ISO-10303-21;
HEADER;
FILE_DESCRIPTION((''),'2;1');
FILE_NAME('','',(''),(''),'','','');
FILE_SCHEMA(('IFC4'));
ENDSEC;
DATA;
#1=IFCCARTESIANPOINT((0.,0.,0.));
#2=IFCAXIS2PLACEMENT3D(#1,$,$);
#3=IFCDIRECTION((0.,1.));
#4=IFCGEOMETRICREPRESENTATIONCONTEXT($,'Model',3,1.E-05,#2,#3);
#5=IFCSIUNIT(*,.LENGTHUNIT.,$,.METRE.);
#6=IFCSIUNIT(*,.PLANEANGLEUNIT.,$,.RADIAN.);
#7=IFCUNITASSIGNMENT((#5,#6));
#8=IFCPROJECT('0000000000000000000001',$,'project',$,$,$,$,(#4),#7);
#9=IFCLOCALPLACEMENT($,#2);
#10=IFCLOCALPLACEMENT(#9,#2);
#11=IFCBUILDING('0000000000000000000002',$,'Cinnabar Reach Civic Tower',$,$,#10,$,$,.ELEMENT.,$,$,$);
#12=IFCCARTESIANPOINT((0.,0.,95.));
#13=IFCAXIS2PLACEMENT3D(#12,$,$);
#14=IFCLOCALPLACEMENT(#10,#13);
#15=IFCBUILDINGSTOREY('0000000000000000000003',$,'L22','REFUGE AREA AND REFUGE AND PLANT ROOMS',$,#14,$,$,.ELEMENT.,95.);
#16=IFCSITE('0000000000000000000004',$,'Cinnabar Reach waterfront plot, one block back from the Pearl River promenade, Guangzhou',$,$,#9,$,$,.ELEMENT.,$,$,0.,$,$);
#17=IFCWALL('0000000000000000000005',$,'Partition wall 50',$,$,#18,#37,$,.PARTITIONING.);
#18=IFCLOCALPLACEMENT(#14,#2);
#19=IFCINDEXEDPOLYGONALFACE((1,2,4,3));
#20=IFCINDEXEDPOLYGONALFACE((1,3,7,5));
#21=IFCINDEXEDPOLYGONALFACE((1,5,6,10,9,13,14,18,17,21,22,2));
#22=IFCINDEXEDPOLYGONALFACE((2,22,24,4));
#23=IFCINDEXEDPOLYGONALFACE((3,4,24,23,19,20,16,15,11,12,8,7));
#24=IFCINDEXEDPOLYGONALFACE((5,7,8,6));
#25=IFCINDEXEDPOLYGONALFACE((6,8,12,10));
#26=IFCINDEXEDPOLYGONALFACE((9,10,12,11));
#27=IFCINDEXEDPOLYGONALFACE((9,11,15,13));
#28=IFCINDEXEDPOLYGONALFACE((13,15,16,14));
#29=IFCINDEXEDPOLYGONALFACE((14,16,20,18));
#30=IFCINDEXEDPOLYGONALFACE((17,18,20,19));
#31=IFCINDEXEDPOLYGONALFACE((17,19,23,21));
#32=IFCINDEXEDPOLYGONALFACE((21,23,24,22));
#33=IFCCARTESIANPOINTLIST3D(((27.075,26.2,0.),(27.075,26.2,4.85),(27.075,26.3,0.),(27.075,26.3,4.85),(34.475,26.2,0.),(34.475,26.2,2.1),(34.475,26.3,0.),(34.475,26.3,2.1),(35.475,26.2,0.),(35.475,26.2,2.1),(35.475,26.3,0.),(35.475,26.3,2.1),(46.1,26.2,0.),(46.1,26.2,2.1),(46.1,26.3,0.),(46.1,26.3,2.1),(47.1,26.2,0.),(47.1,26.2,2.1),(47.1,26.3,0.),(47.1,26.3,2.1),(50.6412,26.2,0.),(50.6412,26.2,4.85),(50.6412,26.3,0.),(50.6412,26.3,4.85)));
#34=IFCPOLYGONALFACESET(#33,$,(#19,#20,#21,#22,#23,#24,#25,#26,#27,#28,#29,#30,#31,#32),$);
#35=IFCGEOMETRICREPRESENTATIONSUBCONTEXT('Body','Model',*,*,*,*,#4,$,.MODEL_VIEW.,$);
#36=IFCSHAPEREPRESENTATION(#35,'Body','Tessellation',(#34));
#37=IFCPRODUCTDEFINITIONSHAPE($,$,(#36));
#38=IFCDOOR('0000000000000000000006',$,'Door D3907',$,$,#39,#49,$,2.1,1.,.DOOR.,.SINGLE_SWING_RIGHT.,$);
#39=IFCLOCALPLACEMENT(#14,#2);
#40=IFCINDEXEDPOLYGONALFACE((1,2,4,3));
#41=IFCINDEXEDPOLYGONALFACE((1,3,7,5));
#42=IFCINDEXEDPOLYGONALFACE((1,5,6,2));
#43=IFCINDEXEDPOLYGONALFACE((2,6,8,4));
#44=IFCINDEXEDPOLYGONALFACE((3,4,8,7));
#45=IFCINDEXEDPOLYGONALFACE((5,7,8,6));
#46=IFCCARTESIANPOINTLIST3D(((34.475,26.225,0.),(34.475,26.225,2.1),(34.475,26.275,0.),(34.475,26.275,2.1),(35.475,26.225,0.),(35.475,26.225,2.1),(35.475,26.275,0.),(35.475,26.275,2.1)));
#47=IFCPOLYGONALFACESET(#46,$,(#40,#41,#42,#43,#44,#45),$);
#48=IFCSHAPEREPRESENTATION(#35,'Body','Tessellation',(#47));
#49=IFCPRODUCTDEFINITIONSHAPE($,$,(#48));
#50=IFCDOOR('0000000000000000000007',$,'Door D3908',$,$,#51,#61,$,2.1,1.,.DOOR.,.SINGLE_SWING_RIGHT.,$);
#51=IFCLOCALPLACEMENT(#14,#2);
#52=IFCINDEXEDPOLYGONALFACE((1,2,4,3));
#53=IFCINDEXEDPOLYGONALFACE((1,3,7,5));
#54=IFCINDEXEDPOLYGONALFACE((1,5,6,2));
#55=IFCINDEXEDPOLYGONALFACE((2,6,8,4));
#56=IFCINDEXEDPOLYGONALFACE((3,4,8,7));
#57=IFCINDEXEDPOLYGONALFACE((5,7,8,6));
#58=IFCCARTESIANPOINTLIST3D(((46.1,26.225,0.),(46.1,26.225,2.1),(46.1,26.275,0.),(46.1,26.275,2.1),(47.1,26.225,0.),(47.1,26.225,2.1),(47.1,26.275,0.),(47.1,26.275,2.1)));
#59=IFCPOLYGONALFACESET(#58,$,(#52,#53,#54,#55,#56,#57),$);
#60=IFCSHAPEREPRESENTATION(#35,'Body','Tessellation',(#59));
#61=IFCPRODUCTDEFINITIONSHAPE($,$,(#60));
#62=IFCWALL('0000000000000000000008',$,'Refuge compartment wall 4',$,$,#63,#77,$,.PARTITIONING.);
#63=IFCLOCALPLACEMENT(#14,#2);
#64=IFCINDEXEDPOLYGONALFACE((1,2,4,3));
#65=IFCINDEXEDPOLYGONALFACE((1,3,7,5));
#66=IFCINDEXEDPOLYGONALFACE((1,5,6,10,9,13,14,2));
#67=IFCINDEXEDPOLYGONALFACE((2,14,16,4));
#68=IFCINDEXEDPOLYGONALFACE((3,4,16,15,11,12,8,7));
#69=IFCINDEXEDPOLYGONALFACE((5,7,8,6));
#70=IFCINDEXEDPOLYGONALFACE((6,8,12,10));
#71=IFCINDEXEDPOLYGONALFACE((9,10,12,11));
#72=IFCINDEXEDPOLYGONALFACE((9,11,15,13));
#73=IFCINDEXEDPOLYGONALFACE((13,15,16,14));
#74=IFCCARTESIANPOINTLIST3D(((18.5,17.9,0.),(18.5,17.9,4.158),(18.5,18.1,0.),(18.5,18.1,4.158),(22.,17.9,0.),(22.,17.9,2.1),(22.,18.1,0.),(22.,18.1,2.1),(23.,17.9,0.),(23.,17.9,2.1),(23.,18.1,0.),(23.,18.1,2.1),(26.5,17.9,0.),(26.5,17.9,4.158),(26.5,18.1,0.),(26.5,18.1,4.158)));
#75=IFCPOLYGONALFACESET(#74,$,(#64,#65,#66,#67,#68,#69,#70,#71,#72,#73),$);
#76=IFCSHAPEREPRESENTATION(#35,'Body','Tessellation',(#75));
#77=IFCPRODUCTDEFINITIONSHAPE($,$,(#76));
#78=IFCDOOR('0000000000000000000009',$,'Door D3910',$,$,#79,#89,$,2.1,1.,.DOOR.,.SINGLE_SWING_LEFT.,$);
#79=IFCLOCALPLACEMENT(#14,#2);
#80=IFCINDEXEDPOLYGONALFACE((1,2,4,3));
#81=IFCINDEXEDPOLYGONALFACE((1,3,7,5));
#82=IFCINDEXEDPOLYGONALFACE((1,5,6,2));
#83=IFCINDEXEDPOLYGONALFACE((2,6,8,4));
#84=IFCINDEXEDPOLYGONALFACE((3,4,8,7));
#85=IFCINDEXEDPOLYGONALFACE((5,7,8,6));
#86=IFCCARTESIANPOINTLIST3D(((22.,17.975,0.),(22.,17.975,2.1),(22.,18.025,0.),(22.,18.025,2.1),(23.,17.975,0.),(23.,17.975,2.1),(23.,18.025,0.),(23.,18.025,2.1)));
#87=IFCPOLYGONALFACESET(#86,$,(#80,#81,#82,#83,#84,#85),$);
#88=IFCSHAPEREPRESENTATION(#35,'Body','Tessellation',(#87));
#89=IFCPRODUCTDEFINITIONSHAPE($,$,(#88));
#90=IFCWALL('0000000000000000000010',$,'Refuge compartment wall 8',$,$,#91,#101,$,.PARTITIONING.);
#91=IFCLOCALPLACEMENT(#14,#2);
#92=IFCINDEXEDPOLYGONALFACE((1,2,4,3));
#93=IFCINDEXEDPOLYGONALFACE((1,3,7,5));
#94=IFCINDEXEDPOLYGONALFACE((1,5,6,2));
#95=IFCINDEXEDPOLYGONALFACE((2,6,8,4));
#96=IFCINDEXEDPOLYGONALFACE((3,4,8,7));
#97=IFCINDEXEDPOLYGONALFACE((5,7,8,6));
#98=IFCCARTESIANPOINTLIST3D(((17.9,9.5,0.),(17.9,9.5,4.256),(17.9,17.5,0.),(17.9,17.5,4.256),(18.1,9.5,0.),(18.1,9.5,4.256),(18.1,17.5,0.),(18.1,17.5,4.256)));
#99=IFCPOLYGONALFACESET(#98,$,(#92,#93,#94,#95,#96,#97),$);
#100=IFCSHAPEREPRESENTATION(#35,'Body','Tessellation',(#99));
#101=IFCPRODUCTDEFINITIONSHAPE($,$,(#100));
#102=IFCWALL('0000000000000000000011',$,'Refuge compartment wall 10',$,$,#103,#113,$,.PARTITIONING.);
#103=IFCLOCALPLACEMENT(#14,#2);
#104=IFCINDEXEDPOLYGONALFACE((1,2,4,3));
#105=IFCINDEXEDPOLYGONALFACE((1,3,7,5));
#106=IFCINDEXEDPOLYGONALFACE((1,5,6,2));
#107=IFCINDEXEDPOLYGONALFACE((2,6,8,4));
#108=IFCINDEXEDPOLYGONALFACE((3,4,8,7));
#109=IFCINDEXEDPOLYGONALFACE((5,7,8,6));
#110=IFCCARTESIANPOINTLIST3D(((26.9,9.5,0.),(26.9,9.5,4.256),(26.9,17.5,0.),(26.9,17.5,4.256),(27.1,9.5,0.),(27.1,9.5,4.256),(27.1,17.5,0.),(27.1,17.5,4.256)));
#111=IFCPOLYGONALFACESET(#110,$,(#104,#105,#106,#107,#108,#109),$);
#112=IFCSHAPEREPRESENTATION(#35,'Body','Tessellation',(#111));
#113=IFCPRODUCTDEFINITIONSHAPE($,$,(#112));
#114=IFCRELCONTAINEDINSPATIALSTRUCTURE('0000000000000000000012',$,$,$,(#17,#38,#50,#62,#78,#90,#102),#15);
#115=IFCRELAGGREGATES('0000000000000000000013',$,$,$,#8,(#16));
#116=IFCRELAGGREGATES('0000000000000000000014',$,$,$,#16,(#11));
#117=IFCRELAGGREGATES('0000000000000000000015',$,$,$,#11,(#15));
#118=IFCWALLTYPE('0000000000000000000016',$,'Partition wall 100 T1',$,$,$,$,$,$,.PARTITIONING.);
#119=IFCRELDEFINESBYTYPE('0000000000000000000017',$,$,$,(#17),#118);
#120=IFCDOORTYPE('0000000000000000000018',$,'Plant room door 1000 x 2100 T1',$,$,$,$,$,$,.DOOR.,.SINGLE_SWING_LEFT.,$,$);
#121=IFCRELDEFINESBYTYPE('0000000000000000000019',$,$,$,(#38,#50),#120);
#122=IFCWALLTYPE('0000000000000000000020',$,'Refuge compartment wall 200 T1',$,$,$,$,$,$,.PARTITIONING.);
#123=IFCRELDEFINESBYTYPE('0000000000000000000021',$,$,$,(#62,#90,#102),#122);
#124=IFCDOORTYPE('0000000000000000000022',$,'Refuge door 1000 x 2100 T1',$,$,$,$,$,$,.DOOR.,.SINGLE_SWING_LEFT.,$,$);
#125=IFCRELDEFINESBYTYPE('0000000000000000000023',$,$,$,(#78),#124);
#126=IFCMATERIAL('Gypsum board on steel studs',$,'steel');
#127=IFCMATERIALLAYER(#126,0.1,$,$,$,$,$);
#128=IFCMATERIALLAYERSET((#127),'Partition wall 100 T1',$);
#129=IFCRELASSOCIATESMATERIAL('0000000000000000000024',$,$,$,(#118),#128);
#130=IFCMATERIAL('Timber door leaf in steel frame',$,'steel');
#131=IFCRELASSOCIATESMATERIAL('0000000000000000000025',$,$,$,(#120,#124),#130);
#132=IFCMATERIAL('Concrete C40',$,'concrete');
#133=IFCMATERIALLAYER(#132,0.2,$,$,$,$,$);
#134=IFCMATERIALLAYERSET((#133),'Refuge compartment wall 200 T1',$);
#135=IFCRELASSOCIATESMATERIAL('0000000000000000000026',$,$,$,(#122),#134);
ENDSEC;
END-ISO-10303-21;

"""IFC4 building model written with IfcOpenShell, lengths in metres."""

from ifc_helpers import new_model, si_unit, direction, frame, frame_2d, origin, place, context, subcontext, project, spatial, rectangle, extrude, material, layer, layer_set, type_object, element, fill, save


model = new_model("IFC4")

# Units and contexts
model_context = context("Model", 3, precision=1e-05, world=origin(), true_north=direction((0.0, 1.0)))
body_context = subcontext(model_context, "Body", "Model", "MODEL_VIEW")
ifc_project = project(units=[si_unit("LENGTHUNIT", "METRE"), si_unit("PLANEANGLEUNIT", "RADIAN")], contexts=[model_context])

# Site, building, storey
site_placement = place(None, origin())
site = spatial("IfcSite", under=ifc_project, at=site_placement, Name="Cinnabar Reach waterfront plot, one block back from the Pearl River promenade, Guangzhou", CompositionType="ELEMENT", RefElevation=0.0)
building_placement = place(site_placement, origin())
building = spatial("IfcBuilding", under=site, at=building_placement, Name="Cinnabar Reach Civic Tower", CompositionType="ELEMENT")
storey_placement = place(building_placement, frame((0.0, 0.0, 95.0)))
storey = spatial("IfcBuildingStorey", under=building, at=storey_placement, Name="L22", Description="REFUGE AREA AND REFUGE AND PLANT ROOMS", CompositionType="ELEMENT", Elevation=95.0)

# Shared definitions
ifc_material_1 = material(Name="Timber door leaf in steel frame", Category="steel")

# Wall, openings, doors
ifc_material_2 = material(Name="Gypsum board on steel studs", Category="steel")
ifc_layer_1 = layer(ifc_material_2, 0.1)
ifc_layer_set_1 = layer_set([ifc_layer_1], Name="Partition wall 100 T1")
wall_type_1 = type_object("IfcWallType", Name="Partition wall 100 T1", PredefinedType="PARTITIONING", material=ifc_layer_set_1)
wall_1_placement = place(storey_placement, frame((27.075, 26.25, 0.0), z_axis=(0.0, 0.0, 1.0), x_axis=(1.0, 0.0, 0.0)))
wall_1 = element("IfcWall", 1, at=wall_1_placement, inside=storey, type_object=wall_type_1, Name="Partition wall 50", PredefinedType="PARTITIONING", context=body_context, shape_type="SweptSolid", body=[
    extrude(rectangle(XDim=23.5662, YDim=0.1, at=frame_2d((11.7831, 0.0))), origin(), (0.0, 0.0, 1.0), 4.85),
])
opening_1_placement = place(wall_1_placement, frame((7.4, 0.0, 0.0)))
opening_1 = element("IfcOpeningElement", 2, at=opening_1_placement, cuts=wall_1, PredefinedType="OPENING", context=body_context, shape_type="SweptSolid", body=[
    extrude(rectangle(XDim=1.0, YDim=2.1, at=frame_2d((0.5, 1.05))), frame((0.0, 0.06, 0.0), z_axis=(0.0, -1.0, 0.0), x_axis=(1.0, 0.0, 0.0)), (0.0, 0.0, 1.0), 0.12),
])
opening_2_placement = place(wall_1_placement, frame((19.025, 0.0, 0.0)))
opening_2 = element("IfcOpeningElement", 3, at=opening_2_placement, cuts=wall_1, PredefinedType="OPENING", context=body_context, shape_type="SweptSolid", body=[
    extrude(rectangle(XDim=1.0, YDim=2.1, at=frame_2d((0.5, 1.05))), frame((0.0, 0.06, 0.0), z_axis=(0.0, -1.0, 0.0), x_axis=(1.0, 0.0, 0.0)), (0.0, 0.0, 1.0), 0.12),
])
door_type_1 = type_object("IfcDoorType", Name="Plant room door 1000 x 2100 T1", OperationType="SINGLE_SWING_LEFT", PredefinedType="DOOR", material=ifc_material_1)
door_1_placement = place(opening_1_placement, origin())
door_1 = element("IfcDoor", 4, at=door_1_placement, inside=storey, type_object=door_type_1, Name="Door D3907", OperationType="SINGLE_SWING_RIGHT", OverallHeight=2.1, OverallWidth=1.0, PredefinedType="DOOR", context=body_context, shape_type="SweptSolid", body=[
    extrude(rectangle(XDim=1.0, YDim=2.1, at=frame_2d((0.5, 1.05))), frame((0.0, 0.025, 0.0), z_axis=(0.0, -1.0, 0.0), x_axis=(1.0, 0.0, 0.0)), (0.0, 0.0, 1.0), 0.05),
])
fill(opening_1, door_1)
door_2_placement = place(opening_2_placement, origin())
door_2 = element("IfcDoor", 5, at=door_2_placement, inside=storey, type_object=door_type_1, Name="Door D3908", OperationType="SINGLE_SWING_RIGHT", OverallHeight=2.1, OverallWidth=1.0, PredefinedType="DOOR", context=body_context, shape_type="SweptSolid", body=[
    extrude(rectangle(XDim=1.0, YDim=2.1, at=frame_2d((0.5, 1.05))), frame((0.0, 0.025, 0.0), z_axis=(0.0, -1.0, 0.0), x_axis=(1.0, 0.0, 0.0)), (0.0, 0.0, 1.0), 0.05),
])
fill(opening_2, door_2)

# Wall, opening, door
ifc_material_3 = material(Name="Concrete C40", Category="concrete")
ifc_layer_2 = layer(ifc_material_3, 0.2)
ifc_layer_set_2 = layer_set([ifc_layer_2], Name="Refuge compartment wall 200 T1")
wall_type_2 = type_object("IfcWallType", Name="Refuge compartment wall 200 T1", PredefinedType="PARTITIONING", material=ifc_layer_set_2)
wall_2_placement = place(storey_placement, frame((18.5, 18.0, 0.0), z_axis=(0.0, 0.0, 1.0), x_axis=(1.0, 0.0, 0.0)))
wall_2 = element("IfcWall", 6, at=wall_2_placement, inside=storey, type_object=wall_type_2, Name="Refuge compartment wall 4", PredefinedType="PARTITIONING", context=body_context, shape_type="SweptSolid", body=[
    extrude(rectangle(XDim=8.0, YDim=0.2, at=frame_2d((4.0, 0.0))), origin(), (0.0, 0.0, 1.0), 4.158),
])
opening_3_placement = place(wall_2_placement, frame((3.5, 0.0, 0.0)))
opening_3 = element("IfcOpeningElement", 7, at=opening_3_placement, cuts=wall_2, PredefinedType="OPENING", context=body_context, shape_type="SweptSolid", body=[
    extrude(rectangle(XDim=1.0, YDim=2.1, at=frame_2d((0.5, 1.05))), frame((0.0, 0.11, 0.0), z_axis=(0.0, -1.0, 0.0), x_axis=(1.0, 0.0, 0.0)), (0.0, 0.0, 1.0), 0.22),
])
door_type_2 = type_object("IfcDoorType", Name="Refuge door 1000 x 2100 T1", OperationType="SINGLE_SWING_LEFT", PredefinedType="DOOR", material=ifc_material_1)
door_3_placement = place(opening_3_placement, frame((1.0, 0.0, 0.0), z_axis=(0.0, 0.0, 1.0), x_axis=(-1.0, 0.0, 0.0)))
door_3 = element("IfcDoor", 8, at=door_3_placement, inside=storey, type_object=door_type_2, Name="Door D3910", OperationType="SINGLE_SWING_LEFT", OverallHeight=2.1, OverallWidth=1.0, PredefinedType="DOOR", context=body_context, shape_type="SweptSolid", body=[
    extrude(rectangle(XDim=1.0, YDim=2.1, at=frame_2d((0.5, 1.05))), frame((0.0, 0.025, 0.0), z_axis=(0.0, -1.0, 0.0), x_axis=(1.0, 0.0, 0.0)), (0.0, 0.0, 1.0), 0.05),
])
fill(opening_3, door_3)

# Walls
for number, where, z_axis, x_axis, name in (
    (9, (18.0, 9.5, 0.0), (0.0, 0.0, 1.0), (0.0, 1.0, 0.0), "Refuge compartment wall 8"),
    (10, (27.0, 9.5, 0.0), (0.0, 0.0, 1.0), (0.0, 1.0, 0.0), "Refuge compartment wall 10"),
):
    element("IfcWall", number, at=place(storey_placement, frame(where, z_axis=z_axis, x_axis=x_axis)), inside=storey, type_object=wall_type_2, Name=name, PredefinedType="PARTITIONING", context=body_context, shape_type="SweptSolid", body=[
        extrude(rectangle(XDim=8.0, YDim=0.2, at=frame_2d((4.0, 0.0))), origin(), (0.0, 0.0, 1.0), 4.256),
    ])

save(model, "model.ifc")
